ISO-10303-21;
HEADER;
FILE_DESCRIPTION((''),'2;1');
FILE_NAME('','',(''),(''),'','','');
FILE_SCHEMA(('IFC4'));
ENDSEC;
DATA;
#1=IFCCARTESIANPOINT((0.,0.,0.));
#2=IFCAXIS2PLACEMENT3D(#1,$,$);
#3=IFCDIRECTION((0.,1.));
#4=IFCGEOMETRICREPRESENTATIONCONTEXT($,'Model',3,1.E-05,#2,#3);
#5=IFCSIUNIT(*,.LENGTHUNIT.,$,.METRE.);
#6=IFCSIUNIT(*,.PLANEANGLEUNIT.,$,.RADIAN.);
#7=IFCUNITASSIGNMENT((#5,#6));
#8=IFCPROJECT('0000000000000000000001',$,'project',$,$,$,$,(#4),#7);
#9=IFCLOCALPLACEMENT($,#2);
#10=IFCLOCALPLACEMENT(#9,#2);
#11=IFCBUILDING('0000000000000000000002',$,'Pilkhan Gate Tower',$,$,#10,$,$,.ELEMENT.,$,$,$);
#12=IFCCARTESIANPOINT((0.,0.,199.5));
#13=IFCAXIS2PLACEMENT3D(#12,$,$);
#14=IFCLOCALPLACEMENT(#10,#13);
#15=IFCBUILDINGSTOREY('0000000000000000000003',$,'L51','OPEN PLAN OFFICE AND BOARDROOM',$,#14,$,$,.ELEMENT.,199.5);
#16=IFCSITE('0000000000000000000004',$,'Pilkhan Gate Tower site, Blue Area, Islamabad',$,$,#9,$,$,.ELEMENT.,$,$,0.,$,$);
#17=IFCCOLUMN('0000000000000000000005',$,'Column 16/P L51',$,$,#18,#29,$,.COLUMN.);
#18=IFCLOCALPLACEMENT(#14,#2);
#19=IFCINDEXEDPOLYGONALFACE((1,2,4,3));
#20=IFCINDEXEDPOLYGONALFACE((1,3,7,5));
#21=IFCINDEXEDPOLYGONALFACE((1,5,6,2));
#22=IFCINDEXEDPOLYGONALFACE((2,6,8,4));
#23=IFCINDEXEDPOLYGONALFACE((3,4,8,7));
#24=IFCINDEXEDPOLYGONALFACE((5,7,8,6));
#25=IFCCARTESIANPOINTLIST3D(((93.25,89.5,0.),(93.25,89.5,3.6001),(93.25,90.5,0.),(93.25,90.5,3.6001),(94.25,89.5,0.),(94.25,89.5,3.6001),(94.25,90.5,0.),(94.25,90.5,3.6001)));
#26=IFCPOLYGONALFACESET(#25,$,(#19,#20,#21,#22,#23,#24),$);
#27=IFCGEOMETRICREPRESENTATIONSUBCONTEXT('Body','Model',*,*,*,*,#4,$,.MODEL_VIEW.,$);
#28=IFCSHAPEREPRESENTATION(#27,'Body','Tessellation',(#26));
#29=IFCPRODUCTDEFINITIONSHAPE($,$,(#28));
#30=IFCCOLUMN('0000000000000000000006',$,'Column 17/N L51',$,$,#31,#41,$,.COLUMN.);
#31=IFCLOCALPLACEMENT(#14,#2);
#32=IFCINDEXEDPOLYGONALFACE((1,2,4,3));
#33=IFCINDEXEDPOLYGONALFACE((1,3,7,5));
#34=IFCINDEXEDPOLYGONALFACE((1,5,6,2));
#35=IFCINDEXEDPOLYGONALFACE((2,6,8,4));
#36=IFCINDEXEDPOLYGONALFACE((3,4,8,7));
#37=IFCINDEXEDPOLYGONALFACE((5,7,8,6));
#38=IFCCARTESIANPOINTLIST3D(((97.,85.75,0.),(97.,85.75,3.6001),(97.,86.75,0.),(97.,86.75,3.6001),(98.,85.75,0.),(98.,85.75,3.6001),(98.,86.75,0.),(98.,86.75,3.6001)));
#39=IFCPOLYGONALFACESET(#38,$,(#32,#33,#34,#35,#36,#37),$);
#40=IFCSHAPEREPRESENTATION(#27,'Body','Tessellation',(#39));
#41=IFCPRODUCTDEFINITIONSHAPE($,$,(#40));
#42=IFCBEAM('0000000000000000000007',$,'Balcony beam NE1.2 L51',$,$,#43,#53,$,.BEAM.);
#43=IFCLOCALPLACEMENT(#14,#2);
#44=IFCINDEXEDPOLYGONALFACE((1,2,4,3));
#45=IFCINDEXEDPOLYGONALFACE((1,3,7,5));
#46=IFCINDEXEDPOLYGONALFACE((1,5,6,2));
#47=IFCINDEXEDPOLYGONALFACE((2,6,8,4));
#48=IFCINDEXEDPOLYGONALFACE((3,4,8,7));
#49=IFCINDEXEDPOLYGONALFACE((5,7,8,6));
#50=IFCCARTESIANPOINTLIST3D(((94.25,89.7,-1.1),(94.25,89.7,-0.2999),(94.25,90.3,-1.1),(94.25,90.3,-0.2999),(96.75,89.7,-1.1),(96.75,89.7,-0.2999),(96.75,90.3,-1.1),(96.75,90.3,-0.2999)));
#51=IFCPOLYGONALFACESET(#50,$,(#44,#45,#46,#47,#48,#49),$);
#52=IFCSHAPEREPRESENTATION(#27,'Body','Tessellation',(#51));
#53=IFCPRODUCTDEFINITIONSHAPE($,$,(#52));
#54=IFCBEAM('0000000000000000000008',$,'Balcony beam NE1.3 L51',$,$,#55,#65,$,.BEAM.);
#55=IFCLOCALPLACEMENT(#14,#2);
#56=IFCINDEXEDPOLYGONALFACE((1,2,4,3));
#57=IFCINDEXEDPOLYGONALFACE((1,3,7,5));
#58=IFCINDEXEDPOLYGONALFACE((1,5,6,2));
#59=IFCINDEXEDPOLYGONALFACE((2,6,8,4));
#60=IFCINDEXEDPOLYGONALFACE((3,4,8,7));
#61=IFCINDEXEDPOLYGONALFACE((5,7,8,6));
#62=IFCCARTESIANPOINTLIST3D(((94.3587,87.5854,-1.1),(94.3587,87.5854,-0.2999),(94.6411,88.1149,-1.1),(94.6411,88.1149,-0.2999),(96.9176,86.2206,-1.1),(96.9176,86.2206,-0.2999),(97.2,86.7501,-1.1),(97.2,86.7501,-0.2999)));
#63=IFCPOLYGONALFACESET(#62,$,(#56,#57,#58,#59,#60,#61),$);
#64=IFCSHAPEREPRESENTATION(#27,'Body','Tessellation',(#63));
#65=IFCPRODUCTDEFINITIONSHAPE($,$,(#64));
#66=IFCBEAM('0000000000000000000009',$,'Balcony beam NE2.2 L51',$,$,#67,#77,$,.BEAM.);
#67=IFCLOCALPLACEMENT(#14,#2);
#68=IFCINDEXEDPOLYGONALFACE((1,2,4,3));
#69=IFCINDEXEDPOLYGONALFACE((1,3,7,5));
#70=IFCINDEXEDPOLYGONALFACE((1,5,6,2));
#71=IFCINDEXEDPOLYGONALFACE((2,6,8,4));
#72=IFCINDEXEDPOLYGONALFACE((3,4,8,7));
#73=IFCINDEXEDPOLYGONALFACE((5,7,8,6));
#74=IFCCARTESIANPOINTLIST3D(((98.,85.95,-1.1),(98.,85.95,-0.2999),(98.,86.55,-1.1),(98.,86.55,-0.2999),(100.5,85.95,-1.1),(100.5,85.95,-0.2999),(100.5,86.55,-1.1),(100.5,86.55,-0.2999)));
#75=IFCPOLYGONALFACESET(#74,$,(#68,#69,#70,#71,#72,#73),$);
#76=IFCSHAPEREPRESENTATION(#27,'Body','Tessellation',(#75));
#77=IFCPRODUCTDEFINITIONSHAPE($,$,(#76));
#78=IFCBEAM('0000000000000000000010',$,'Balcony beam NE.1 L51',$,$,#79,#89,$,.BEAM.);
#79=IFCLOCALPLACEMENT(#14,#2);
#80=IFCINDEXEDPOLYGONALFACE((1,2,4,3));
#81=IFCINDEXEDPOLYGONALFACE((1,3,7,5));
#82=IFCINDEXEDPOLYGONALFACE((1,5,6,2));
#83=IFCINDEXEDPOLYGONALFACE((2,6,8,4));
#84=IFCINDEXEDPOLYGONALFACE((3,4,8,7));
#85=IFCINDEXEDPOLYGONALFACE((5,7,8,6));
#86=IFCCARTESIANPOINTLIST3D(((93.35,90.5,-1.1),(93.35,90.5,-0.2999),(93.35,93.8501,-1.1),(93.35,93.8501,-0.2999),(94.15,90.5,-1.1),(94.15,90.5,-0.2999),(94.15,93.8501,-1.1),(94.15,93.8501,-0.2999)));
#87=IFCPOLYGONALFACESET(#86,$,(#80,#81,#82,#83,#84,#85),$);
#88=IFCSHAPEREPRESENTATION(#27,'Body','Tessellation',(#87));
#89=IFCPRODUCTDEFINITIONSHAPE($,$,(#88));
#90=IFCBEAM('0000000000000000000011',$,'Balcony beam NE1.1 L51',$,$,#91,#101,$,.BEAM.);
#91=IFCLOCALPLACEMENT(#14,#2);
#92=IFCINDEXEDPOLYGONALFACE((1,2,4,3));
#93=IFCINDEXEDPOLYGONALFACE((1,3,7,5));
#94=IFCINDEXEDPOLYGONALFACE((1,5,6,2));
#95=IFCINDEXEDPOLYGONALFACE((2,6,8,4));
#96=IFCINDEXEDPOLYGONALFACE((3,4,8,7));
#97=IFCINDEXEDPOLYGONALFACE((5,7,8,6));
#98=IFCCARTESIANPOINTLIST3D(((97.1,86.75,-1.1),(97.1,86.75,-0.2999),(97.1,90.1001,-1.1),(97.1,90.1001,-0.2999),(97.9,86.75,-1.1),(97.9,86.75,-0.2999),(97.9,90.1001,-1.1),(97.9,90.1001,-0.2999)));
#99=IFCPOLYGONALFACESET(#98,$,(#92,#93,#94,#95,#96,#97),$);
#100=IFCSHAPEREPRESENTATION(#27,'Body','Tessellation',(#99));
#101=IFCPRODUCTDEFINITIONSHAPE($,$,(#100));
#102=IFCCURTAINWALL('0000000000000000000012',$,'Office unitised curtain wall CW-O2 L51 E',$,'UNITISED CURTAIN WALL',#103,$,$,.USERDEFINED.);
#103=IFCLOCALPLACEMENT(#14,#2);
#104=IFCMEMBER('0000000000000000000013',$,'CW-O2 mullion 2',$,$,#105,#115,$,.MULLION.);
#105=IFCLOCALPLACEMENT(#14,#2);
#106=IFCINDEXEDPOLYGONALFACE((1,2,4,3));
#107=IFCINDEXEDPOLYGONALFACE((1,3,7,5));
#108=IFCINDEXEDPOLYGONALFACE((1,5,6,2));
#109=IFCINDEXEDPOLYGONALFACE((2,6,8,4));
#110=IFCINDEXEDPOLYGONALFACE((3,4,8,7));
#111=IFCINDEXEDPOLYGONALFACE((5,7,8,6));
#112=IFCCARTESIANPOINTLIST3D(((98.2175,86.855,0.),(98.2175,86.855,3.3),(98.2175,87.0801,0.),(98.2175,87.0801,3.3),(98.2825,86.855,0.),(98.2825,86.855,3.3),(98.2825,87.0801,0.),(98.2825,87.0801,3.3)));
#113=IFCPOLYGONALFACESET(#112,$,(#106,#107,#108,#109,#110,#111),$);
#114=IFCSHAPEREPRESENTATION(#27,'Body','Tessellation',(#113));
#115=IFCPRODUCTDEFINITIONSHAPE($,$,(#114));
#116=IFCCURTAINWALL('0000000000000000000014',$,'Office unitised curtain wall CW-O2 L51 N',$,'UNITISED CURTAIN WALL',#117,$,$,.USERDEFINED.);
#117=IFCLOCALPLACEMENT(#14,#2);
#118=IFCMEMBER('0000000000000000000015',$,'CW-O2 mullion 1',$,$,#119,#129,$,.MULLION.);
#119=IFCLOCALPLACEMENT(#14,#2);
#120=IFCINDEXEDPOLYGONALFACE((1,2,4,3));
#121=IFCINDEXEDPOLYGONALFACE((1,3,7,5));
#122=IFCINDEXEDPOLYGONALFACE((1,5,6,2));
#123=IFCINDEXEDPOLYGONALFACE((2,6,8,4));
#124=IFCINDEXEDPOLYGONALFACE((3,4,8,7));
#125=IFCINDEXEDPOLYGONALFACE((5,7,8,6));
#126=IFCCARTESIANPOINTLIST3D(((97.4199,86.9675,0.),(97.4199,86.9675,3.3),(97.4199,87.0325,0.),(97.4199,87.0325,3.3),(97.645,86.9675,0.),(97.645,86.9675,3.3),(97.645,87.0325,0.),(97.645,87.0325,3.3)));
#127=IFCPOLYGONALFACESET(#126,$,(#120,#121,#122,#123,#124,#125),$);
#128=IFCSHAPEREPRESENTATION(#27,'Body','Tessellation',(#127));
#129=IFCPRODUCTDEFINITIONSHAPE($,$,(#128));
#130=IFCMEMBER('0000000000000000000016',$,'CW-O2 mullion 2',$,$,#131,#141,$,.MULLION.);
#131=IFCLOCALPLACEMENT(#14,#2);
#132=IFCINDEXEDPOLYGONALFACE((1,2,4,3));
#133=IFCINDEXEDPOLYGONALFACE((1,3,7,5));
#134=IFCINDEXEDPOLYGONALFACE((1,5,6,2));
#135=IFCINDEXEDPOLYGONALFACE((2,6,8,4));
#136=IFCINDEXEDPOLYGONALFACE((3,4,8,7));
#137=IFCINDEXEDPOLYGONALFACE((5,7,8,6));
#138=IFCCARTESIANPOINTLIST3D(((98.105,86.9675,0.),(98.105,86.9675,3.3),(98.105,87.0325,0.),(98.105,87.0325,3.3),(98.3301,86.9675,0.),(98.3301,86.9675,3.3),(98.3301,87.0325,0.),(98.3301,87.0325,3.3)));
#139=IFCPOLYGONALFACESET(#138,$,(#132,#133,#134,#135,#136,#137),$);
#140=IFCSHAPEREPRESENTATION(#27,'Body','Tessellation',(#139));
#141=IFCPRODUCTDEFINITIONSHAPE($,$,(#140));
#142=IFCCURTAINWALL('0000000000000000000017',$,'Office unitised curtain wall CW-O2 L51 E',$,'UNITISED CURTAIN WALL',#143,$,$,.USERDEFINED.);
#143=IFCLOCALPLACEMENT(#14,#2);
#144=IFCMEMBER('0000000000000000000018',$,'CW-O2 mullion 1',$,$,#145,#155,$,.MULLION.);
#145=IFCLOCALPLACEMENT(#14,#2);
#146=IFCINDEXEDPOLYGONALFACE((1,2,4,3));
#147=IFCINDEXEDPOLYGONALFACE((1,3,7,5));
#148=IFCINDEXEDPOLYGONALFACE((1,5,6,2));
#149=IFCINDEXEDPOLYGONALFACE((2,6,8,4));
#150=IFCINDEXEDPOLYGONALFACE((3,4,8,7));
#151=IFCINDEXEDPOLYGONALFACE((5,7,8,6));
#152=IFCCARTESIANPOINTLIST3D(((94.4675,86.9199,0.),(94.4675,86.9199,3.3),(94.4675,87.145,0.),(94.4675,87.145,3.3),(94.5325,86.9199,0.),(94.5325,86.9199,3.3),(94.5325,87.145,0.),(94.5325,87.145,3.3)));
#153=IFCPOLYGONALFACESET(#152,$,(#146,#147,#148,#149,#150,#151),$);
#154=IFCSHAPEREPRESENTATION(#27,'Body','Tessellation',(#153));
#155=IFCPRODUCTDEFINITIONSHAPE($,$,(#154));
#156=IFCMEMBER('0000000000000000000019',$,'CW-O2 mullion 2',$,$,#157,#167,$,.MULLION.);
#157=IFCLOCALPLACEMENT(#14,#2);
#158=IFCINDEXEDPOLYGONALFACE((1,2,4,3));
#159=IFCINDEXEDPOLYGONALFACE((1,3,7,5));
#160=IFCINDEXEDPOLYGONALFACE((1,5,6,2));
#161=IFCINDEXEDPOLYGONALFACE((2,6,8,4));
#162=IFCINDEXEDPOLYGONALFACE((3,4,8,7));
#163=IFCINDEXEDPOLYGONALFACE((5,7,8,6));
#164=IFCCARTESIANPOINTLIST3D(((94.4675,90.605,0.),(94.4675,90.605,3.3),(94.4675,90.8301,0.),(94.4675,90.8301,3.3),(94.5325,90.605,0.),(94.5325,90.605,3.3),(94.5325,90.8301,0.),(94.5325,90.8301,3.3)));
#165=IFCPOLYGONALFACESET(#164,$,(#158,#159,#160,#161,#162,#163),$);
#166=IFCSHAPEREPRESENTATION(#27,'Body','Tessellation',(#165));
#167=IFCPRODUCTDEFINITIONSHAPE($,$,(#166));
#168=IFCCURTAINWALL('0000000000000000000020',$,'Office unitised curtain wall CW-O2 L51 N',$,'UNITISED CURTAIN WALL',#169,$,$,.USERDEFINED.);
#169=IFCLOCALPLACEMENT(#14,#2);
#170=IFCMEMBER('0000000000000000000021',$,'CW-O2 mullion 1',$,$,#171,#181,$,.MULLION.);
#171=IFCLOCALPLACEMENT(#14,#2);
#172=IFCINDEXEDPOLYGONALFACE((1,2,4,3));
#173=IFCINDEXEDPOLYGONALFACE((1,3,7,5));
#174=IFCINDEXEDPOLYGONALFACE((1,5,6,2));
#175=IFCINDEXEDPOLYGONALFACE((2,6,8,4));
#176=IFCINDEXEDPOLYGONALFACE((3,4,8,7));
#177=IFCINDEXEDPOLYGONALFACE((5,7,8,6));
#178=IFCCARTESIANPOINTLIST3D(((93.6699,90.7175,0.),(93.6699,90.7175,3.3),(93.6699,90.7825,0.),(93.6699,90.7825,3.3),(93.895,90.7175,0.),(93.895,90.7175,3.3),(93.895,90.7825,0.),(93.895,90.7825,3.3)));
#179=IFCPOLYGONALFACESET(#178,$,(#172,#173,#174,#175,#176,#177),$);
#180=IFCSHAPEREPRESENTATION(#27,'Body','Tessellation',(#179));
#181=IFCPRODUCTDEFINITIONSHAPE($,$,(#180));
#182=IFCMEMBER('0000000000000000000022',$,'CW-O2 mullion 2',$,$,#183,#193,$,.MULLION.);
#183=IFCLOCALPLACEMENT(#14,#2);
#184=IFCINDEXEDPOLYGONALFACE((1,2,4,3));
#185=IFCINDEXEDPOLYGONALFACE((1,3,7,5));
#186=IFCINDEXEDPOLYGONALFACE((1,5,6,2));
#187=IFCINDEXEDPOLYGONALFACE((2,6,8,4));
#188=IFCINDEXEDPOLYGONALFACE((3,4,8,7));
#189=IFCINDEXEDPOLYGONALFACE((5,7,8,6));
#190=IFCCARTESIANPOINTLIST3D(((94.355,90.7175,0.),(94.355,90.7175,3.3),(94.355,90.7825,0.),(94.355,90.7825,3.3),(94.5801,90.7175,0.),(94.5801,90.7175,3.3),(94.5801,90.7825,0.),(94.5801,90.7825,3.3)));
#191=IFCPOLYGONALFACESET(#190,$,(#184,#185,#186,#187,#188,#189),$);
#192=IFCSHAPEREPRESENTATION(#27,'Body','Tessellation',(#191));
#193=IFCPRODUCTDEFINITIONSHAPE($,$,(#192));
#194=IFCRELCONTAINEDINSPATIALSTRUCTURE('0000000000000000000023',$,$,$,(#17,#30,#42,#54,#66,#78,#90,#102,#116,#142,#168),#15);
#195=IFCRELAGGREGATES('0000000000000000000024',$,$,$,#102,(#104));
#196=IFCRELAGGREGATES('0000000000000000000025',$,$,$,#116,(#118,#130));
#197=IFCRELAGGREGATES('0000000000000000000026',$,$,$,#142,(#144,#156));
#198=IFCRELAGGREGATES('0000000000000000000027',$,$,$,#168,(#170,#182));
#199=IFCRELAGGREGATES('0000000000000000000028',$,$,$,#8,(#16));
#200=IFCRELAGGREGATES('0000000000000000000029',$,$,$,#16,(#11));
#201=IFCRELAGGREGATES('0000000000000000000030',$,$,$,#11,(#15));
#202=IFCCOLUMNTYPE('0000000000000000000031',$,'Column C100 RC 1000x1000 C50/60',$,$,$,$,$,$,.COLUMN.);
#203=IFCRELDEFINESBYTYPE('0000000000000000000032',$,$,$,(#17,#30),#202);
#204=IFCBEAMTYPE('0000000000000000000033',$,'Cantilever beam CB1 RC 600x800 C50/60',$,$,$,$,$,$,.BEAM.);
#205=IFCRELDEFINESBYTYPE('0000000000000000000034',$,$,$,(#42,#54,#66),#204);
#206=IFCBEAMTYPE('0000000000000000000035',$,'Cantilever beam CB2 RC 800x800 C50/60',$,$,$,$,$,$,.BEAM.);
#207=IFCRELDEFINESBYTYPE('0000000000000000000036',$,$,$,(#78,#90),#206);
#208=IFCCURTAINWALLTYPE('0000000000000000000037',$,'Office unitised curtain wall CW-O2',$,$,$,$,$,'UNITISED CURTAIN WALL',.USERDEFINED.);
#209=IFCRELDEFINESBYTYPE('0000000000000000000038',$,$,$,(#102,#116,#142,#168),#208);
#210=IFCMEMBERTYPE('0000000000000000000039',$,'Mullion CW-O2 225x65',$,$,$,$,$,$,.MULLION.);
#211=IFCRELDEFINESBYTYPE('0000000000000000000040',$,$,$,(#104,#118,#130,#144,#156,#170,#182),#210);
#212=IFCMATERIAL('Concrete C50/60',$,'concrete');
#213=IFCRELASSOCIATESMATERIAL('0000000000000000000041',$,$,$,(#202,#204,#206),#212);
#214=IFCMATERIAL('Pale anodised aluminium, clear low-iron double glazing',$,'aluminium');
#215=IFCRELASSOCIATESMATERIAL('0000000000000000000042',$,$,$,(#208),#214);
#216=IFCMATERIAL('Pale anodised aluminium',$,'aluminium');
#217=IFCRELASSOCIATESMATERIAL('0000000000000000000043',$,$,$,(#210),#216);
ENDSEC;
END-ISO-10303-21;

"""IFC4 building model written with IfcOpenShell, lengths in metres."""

from ifc_helpers import new_model, si_unit, direction, frame, origin, origin_2d, place, context, subcontext, project, spatial, rectangle, extrude, material, material_profile, profile_set, type_object, element, aggregate, save


model = new_model("IFC4")

# Units and contexts
model_context = context("Model", 3, precision=1e-05, world=origin(), true_north=direction((0.0, 1.0)))
body_context = subcontext(model_context, "Body", "Model", "MODEL_VIEW")
ifc_project = project(units=[si_unit("LENGTHUNIT", "METRE"), si_unit("PLANEANGLEUNIT", "RADIAN")], contexts=[model_context])

# Site, building, storey
site_placement = place(None, origin())
site = spatial("IfcSite", under=ifc_project, at=site_placement, Name="Pilkhan Gate Tower site, Blue Area, Islamabad", CompositionType="ELEMENT", RefElevation=0.0)
building_placement = place(site_placement, origin())
building = spatial("IfcBuilding", under=site, at=building_placement, Name="Pilkhan Gate Tower", CompositionType="ELEMENT")
storey_placement = place(building_placement, frame((0.0, 0.0, 199.5)))
storey = spatial("IfcBuildingStorey", under=building, at=storey_placement, Name="L51", Description="OPEN PLAN OFFICE AND BOARDROOM", CompositionType="ELEMENT", Elevation=199.5)

# Columns
ifc_material_1 = material(Name="Concrete C50/60", Category="concrete")
ifc_material_profile_1 = material_profile(ifc_material_1, rectangle(XDim=1.0, YDim=1.0, at=origin_2d()), Name="RC 1000x1000")
ifc_profile_set_1 = profile_set([ifc_material_profile_1], Name="Concrete C50/60")
column_type = type_object("IfcColumnType", Name="Column C100 RC 1000x1000 C50/60", PredefinedType="COLUMN", material=ifc_profile_set_1)
for number, where, z_axis, x_axis, name in (
    (1, (93.75, 90.0, 0.0), (0.0, 0.0, 1.0), (1.0, 0.0, 0.0), "Column 16/P L51"),
    (2, (97.5, 86.25, 0.0), (0.0, 0.0, 1.0), (1.0, 0.0, 0.0), "Column 17/N L51"),
):
    element("IfcColumn", number, at=place(storey_placement, frame(where, z_axis=z_axis, x_axis=x_axis)), inside=storey, type_object=column_type, Name=name, PredefinedType="COLUMN", context=body_context, shape_type="SweptSolid", body=[
        extrude(rectangle(XDim=1.0, YDim=1.0, at=origin_2d()), origin(), (0.0, 0.0, 1.0), 3.6001),
    ])

# Beams
ifc_material_profile_2 = material_profile(ifc_material_1, rectangle(XDim=0.6001, YDim=0.8, at=origin_2d()), Name="RC 600x800")
ifc_profile_set_2 = profile_set([ifc_material_profile_2], Name="Concrete C50/60")
beam_type_1 = type_object("IfcBeamType", Name="Cantilever beam CB1 RC 600x800 C50/60", PredefinedType="BEAM", material=ifc_profile_set_2)
beam_1_placement = place(storey_placement, frame((94.25, 90.0, -0.7), z_axis=(1.0, 0.0, 0.0), x_axis=(0.0, 1.0, 0.0)))
element("IfcBeam", 3, at=beam_1_placement, inside=storey, type_object=beam_type_1, Name="Balcony beam NE1.2 L51", PredefinedType="BEAM", context=body_context, shape_type="SweptSolid", body=[
    extrude(rectangle(XDim=0.6001, YDim=0.8, at=origin_2d()), origin(), (0.0, 0.0, 1.0), 2.5),
])
beam_2_placement = place(storey_placement, frame((97.0588, 86.4854, -0.7), z_axis=(-0.882348, 0.470597, 0.0), x_axis=(-0.470597, -0.882348, 0.0)))
element("IfcBeam", 4, at=beam_2_placement, inside=storey, type_object=beam_type_1, Name="Balcony beam NE1.3 L51", PredefinedType="BEAM", context=body_context, shape_type="SweptSolid", body=[
    extrude(rectangle(XDim=0.6001, YDim=0.8, at=origin_2d()), origin(), (0.0, 0.0, 1.0), 2.9001),
])
beam_3_placement = place(storey_placement, frame((98.0, 86.25, -0.7), z_axis=(1.0, 0.0, 0.0), x_axis=(0.0, 1.0, 0.0)))
element("IfcBeam", 5, at=beam_3_placement, inside=storey, type_object=beam_type_1, Name="Balcony beam NE2.2 L51", PredefinedType="BEAM", context=body_context, shape_type="SweptSolid", body=[
    extrude(rectangle(XDim=0.6001, YDim=0.8, at=origin_2d()), origin(), (0.0, 0.0, 1.0), 2.5),
])
ifc_material_profile_3 = material_profile(ifc_material_1, rectangle(XDim=0.8, YDim=0.8, at=origin_2d()), Name="RC 800x800")
ifc_profile_set_3 = profile_set([ifc_material_profile_3], Name="Concrete C50/60")
beam_type_2 = type_object("IfcBeamType", Name="Cantilever beam CB2 RC 800x800 C50/60", PredefinedType="BEAM", material=ifc_profile_set_3)
for number, where, z_axis, x_axis, name in (
    (6, (93.75, 90.5, -0.7), (0.0, 1.0, 0.0), (-1.0, 0.0, 0.0), "Balcony beam NE.1 L51"),
    (7, (97.5, 86.75, -0.7), (0.0, 1.0, 0.0), (-1.0, 0.0, 0.0), "Balcony beam NE1.1 L51"),
):
    element("IfcBeam", number, at=place(storey_placement, frame(where, z_axis=z_axis, x_axis=x_axis)), inside=storey, type_object=beam_type_2, Name=name, PredefinedType="BEAM", context=body_context, shape_type="SweptSolid", body=[
        extrude(rectangle(XDim=0.8, YDim=0.8, at=origin_2d()), origin(), (0.0, 0.0, 1.0), 3.3501),
    ])

# Curtain wall, member
ifc_material_2 = material(Name="Pale anodised aluminium, clear low-iron double glazing", Category="aluminium")
curtain_wall_type = type_object("IfcCurtainWallType", Name="Office unitised curtain wall CW-O2", ElementType="UNITISED CURTAIN WALL", PredefinedType="USERDEFINED", material=ifc_material_2)
curtain_wall_1_placement = place(storey_placement, origin())
curtain_wall_1 = element("IfcCurtainWall", 8, at=curtain_wall_1_placement, inside=storey, type_object=curtain_wall_type, Name="Office unitised curtain wall CW-O2 L51 E", ObjectType="UNITISED CURTAIN WALL", PredefinedType="USERDEFINED")
ifc_material_3 = material(Name="Pale anodised aluminium", Category="aluminium")
ifc_material_profile_4 = material_profile(ifc_material_3, rectangle(XDim=0.0649, YDim=0.2251, at=origin_2d()), Name="Mullion 225x65")
ifc_profile_set_4 = profile_set([ifc_material_profile_4], Name="Pale anodised aluminium")
member_type_1 = type_object("IfcMemberType", Name="Mullion CW-O2 225x65", PredefinedType="MULLION", material=ifc_profile_set_4)
member_1_placement = place(storey_placement, frame((98.25, 86.9675, 0.0), z_axis=(0.0, 0.0, 1.0), x_axis=(-1.0, 0.0, 0.0)))
member_1 = element("IfcMember", 9, at=member_1_placement, type_object=member_type_1, Name="CW-O2 mullion 2", PredefinedType="MULLION", context=body_context, shape_type="SweptSolid", body=[
    extrude(rectangle(XDim=0.0649, YDim=0.2251, at=origin_2d()), origin(), (0.0, 0.0, 1.0), 3.3),
])
aggregate(curtain_wall_1, [member_1])

# Curtain walls, members
curtain_wall_2_placement = place(storey_placement, origin())
curtain_wall_2 = element("IfcCurtainWall", 10, at=curtain_wall_2_placement, inside=storey, type_object=curtain_wall_type, Name="Office unitised curtain wall CW-O2 L51 N", ObjectType="UNITISED CURTAIN WALL", PredefinedType="USERDEFINED")
member_2_placement = place(storey_placement, frame((97.5325, 87.0, 0.0), z_axis=(0.0, 0.0, 1.0), x_axis=(0.0, 1.0, 0.0)))
member_2 = element("IfcMember", 11, at=member_2_placement, type_object=member_type_1, Name="CW-O2 mullion 1", PredefinedType="MULLION", context=body_context, shape_type="SweptSolid", body=[
    extrude(rectangle(XDim=0.0649, YDim=0.2251, at=origin_2d()), origin(), (0.0, 0.0, 1.0), 3.3),
])
member_3_placement = place(storey_placement, frame((98.2175, 87.0, 0.0), z_axis=(0.0, 0.0, 1.0), x_axis=(0.0, 1.0, 0.0)))
member_3 = element("IfcMember", 12, at=member_3_placement, type_object=member_type_1, Name="CW-O2 mullion 2", PredefinedType="MULLION", context=body_context, shape_type="SweptSolid", body=[
    extrude(rectangle(XDim=0.0649, YDim=0.2251, at=origin_2d()), origin(), (0.0, 0.0, 1.0), 3.3),
])
curtain_wall_3_placement = place(storey_placement, origin())
curtain_wall_3 = element("IfcCurtainWall", 13, at=curtain_wall_3_placement, inside=storey, type_object=curtain_wall_type, Name="Office unitised curtain wall CW-O2 L51 E", ObjectType="UNITISED CURTAIN WALL", PredefinedType="USERDEFINED")
member_4_placement = place(storey_placement, frame((94.5, 87.0325, 0.0), z_axis=(0.0, 0.0, 1.0), x_axis=(-1.0, 0.0, 0.0)))
member_4 = element("IfcMember", 14, at=member_4_placement, type_object=member_type_1, Name="CW-O2 mullion 1", PredefinedType="MULLION", context=body_context, shape_type="SweptSolid", body=[
    extrude(rectangle(XDim=0.0649, YDim=0.2251, at=origin_2d()), origin(), (0.0, 0.0, 1.0), 3.3),
])
member_5_placement = place(storey_placement, frame((94.5, 90.7175, 0.0), z_axis=(0.0, 0.0, 1.0), x_axis=(-1.0, 0.0, 0.0)))
member_5 = element("IfcMember", 15, at=member_5_placement, type_object=member_type_1, Name="CW-O2 mullion 2", PredefinedType="MULLION", context=body_context, shape_type="SweptSolid", body=[
    extrude(rectangle(XDim=0.0649, YDim=0.2251, at=origin_2d()), origin(), (0.0, 0.0, 1.0), 3.3),
])
curtain_wall_4_placement = place(storey_placement, origin())
curtain_wall_4 = element("IfcCurtainWall", 16, at=curtain_wall_4_placement, inside=storey, type_object=curtain_wall_type, Name="Office unitised curtain wall CW-O2 L51 N", ObjectType="UNITISED CURTAIN WALL", PredefinedType="USERDEFINED")
member_6_placement = place(storey_placement, frame((93.7825, 90.75, 0.0), z_axis=(0.0, 0.0, 1.0), x_axis=(0.0, 1.0, 0.0)))
member_6 = element("IfcMember", 17, at=member_6_placement, type_object=member_type_1, Name="CW-O2 mullion 1", PredefinedType="MULLION", context=body_context, shape_type="SweptSolid", body=[
    extrude(rectangle(XDim=0.0649, YDim=0.2251, at=origin_2d()), origin(), (0.0, 0.0, 1.0), 3.3),
])
member_7_placement = place(storey_placement, frame((94.4675, 90.75, 0.0), z_axis=(0.0, 0.0, 1.0), x_axis=(0.0, 1.0, 0.0)))
member_7 = element("IfcMember", 18, at=member_7_placement, type_object=member_type_1, Name="CW-O2 mullion 2", PredefinedType="MULLION", context=body_context, shape_type="SweptSolid", body=[
    extrude(rectangle(XDim=0.0649, YDim=0.2251, at=origin_2d()), origin(), (0.0, 0.0, 1.0), 3.3),
])

aggregate(curtain_wall_2, [member_2, member_3])
aggregate(curtain_wall_3, [member_4, member_5])
aggregate(curtain_wall_4, [member_6, member_7])

save(model, "model.ifc")
